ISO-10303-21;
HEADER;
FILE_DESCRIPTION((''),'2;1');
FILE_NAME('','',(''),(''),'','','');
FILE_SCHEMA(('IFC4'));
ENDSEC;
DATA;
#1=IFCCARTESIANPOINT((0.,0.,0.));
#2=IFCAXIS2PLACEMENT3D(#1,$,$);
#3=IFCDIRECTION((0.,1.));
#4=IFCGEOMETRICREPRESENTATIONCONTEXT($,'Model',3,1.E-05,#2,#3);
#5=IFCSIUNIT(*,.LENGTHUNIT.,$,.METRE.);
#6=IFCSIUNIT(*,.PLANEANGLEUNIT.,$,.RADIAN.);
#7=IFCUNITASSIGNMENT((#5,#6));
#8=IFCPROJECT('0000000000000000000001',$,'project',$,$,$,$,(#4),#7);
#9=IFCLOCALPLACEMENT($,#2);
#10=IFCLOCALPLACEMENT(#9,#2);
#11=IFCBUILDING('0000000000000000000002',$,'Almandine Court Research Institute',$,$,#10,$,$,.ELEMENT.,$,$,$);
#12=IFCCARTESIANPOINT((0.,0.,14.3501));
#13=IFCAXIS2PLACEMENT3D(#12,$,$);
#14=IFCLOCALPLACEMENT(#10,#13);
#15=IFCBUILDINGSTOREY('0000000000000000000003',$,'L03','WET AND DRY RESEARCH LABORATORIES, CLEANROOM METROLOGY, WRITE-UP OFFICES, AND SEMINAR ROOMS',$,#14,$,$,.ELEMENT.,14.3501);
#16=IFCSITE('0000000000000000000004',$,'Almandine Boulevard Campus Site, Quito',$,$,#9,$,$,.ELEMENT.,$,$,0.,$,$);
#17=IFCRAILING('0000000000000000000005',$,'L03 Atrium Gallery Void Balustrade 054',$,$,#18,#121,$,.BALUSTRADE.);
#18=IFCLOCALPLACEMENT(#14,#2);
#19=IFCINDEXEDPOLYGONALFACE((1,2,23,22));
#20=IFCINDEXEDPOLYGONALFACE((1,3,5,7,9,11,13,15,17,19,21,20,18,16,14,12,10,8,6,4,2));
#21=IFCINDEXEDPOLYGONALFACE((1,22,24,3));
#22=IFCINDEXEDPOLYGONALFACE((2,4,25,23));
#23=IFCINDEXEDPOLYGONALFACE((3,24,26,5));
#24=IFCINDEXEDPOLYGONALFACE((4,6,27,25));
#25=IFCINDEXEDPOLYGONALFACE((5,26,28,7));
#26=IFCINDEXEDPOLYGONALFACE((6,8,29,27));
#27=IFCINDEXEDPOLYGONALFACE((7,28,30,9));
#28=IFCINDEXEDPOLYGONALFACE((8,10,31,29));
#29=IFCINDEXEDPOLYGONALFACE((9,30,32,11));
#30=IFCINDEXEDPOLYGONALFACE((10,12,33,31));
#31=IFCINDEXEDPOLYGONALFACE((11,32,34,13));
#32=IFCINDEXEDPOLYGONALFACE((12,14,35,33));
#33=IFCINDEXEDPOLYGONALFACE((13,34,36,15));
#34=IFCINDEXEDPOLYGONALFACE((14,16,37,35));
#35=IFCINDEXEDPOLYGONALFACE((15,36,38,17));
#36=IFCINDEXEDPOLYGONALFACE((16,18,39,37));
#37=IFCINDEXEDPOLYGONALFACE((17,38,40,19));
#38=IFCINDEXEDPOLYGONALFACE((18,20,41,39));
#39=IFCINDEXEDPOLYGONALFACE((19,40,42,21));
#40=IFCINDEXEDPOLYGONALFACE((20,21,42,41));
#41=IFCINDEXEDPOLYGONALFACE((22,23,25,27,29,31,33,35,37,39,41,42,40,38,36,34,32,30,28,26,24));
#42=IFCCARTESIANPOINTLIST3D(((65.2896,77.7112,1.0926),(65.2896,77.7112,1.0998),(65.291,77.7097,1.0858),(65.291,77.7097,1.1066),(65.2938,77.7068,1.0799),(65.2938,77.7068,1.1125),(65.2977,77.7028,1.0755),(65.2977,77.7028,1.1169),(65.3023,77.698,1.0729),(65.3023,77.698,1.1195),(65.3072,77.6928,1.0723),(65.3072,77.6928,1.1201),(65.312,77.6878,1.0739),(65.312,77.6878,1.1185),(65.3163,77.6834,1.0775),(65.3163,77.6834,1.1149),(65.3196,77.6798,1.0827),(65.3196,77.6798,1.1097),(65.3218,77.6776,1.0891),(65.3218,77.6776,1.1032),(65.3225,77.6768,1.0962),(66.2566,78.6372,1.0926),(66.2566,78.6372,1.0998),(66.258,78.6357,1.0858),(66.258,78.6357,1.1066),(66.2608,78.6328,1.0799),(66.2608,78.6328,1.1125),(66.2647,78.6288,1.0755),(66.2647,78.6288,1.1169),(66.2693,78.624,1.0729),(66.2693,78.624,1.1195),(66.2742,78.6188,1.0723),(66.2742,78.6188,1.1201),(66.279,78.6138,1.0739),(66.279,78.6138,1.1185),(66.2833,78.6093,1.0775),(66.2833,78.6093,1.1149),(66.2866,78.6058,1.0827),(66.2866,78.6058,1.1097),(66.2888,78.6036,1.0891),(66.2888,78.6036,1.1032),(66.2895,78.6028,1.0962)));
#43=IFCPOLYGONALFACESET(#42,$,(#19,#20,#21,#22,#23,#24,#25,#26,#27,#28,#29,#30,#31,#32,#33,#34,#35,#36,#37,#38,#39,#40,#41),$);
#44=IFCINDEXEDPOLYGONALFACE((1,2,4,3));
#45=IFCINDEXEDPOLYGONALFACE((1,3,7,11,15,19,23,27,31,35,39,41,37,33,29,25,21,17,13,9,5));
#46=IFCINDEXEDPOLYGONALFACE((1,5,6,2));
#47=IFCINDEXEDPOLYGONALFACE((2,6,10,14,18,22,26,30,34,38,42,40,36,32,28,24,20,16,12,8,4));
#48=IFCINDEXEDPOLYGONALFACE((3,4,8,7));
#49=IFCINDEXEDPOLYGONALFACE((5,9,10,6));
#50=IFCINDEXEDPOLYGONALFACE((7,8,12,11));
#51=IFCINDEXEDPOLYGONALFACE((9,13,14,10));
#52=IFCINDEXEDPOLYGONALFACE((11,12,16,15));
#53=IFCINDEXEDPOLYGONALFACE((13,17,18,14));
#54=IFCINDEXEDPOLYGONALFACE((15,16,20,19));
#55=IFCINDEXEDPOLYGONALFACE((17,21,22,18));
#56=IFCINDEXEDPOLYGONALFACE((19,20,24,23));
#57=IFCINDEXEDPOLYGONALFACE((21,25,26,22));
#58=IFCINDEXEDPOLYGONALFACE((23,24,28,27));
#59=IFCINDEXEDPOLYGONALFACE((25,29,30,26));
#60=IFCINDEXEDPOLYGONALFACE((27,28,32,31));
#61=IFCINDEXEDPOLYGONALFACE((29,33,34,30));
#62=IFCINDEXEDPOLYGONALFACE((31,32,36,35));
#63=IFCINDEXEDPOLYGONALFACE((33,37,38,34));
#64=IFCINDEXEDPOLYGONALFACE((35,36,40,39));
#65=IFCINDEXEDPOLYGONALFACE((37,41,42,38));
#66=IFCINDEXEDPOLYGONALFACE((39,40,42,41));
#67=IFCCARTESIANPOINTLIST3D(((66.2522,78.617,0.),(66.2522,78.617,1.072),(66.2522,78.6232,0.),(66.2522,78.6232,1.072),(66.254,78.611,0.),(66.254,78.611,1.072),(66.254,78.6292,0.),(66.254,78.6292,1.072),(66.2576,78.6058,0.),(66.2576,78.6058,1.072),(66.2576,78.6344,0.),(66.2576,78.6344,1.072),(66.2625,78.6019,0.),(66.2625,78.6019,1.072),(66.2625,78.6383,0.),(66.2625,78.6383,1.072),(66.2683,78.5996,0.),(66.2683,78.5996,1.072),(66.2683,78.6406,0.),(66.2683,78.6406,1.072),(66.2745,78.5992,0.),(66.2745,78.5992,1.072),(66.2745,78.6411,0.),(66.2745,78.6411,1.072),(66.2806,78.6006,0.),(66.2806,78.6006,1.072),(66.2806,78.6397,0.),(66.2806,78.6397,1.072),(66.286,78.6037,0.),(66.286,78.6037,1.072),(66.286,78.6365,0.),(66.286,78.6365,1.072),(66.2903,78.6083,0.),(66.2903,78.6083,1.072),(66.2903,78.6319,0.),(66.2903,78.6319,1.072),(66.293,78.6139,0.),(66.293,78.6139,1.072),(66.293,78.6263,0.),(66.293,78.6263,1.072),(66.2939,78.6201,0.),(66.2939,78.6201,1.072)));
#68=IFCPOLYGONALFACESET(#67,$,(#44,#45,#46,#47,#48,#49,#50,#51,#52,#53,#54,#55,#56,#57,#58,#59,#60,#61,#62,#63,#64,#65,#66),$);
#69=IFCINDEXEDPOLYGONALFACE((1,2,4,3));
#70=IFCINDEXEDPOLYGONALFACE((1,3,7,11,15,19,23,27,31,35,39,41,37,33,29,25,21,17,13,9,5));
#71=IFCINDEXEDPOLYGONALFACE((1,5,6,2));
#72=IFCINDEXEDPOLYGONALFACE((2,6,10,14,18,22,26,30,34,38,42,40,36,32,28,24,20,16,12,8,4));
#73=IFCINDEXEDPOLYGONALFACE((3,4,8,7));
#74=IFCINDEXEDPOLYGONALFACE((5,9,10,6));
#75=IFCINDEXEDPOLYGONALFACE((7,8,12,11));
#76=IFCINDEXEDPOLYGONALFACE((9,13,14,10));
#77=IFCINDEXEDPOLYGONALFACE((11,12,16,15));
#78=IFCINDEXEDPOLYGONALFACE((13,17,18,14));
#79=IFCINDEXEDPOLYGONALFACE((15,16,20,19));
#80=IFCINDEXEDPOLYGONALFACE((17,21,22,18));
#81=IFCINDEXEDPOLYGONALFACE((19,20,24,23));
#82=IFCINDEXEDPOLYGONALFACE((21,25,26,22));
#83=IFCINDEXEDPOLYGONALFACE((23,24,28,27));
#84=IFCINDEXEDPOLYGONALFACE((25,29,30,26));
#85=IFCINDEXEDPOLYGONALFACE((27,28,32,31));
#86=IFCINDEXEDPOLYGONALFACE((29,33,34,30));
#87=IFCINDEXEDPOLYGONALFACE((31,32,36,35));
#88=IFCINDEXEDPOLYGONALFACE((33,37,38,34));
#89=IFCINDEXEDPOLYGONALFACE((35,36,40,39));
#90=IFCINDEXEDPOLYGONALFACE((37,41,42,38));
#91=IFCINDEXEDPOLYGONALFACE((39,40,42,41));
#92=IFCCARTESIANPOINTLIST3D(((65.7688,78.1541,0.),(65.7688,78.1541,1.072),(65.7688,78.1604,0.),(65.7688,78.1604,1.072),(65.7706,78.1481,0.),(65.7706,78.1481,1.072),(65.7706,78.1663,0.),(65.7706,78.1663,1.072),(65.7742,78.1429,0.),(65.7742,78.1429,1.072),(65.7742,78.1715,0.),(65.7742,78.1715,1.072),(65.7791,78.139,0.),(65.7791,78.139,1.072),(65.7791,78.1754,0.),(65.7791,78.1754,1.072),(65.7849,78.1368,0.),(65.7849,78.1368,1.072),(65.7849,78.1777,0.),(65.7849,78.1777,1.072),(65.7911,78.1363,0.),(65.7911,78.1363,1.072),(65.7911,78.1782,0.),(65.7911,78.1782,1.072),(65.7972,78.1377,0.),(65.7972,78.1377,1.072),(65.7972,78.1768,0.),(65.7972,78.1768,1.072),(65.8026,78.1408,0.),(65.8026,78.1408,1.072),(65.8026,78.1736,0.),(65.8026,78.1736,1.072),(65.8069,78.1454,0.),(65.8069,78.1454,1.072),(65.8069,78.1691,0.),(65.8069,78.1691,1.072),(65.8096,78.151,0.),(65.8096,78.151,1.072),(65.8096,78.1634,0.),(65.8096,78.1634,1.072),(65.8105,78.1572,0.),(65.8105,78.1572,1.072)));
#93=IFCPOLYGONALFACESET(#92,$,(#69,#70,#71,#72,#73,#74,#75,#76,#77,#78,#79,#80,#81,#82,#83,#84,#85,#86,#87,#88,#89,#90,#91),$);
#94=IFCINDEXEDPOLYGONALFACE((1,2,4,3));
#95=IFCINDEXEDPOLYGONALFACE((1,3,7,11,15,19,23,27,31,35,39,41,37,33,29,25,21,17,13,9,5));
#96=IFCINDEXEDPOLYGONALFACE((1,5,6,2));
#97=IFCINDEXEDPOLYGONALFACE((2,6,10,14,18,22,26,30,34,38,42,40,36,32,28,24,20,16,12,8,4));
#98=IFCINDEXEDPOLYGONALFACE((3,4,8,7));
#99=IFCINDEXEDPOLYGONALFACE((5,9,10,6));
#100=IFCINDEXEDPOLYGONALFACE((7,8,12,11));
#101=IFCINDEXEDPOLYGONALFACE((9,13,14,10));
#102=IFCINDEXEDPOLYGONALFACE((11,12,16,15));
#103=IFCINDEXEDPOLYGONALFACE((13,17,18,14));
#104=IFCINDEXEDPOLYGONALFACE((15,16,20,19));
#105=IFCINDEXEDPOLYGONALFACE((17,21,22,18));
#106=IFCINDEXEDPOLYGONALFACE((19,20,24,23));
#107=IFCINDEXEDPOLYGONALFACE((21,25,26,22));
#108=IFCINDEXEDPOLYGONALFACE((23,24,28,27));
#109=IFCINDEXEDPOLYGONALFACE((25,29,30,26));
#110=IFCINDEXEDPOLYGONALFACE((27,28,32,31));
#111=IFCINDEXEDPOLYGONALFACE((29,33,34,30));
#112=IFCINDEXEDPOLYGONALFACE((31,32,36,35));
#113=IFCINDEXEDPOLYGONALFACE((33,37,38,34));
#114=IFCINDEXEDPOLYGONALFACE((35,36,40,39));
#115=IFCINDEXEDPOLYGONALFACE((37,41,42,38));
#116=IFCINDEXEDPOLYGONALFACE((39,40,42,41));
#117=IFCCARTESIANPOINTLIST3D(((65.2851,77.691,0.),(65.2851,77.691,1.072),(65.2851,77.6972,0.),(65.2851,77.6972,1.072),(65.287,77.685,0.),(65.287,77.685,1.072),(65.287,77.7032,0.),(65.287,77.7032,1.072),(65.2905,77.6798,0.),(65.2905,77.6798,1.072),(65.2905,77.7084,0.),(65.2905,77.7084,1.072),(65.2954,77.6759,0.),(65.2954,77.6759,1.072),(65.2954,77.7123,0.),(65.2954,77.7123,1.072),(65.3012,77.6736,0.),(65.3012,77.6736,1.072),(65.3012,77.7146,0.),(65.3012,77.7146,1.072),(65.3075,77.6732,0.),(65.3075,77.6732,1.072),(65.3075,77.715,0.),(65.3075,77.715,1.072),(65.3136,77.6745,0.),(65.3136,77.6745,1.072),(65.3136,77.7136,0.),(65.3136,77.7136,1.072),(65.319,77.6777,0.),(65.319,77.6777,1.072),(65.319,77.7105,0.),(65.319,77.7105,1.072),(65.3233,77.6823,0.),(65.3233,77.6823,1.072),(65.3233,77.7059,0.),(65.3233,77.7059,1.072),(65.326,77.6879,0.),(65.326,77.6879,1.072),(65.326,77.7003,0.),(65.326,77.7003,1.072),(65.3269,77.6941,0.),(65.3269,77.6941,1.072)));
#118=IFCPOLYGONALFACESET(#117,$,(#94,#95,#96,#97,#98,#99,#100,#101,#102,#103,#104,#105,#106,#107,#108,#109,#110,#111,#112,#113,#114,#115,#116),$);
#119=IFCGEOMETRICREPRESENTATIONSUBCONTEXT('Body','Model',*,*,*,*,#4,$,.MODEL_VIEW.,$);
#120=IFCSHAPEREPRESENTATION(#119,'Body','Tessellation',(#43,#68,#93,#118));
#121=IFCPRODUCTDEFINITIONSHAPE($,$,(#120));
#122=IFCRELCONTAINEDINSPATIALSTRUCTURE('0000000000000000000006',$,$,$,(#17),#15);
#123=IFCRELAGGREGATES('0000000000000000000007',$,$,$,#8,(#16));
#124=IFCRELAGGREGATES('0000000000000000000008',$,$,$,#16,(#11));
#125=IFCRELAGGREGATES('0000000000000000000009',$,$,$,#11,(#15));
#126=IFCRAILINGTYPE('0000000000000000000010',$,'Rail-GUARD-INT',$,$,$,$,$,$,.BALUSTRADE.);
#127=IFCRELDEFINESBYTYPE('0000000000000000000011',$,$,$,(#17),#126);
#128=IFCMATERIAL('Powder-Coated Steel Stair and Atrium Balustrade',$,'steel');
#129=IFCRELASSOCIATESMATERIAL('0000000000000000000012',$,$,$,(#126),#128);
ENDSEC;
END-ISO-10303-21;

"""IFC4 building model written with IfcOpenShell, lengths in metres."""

from ifc_helpers import new_model, si_unit, direction, frame, origin, origin_2d, place, context, subcontext, project, spatial, circle, extrude, material, type_object, element, save


model = new_model("IFC4")

# Units and contexts
model_context = context("Model", 3, precision=1e-05, world=origin(), true_north=direction((0.0, 1.0)))
body_context = subcontext(model_context, "Body", "Model", "MODEL_VIEW")
ifc_project = project(units=[si_unit("LENGTHUNIT", "METRE"), si_unit("PLANEANGLEUNIT", "RADIAN")], contexts=[model_context])

# Site, building, storey
site_placement = place(None, origin())
site = spatial("IfcSite", under=ifc_project, at=site_placement, Name="Almandine Boulevard Campus Site, Quito", CompositionType="ELEMENT", RefElevation=0.0)
building_placement = place(site_placement, origin())
building = spatial("IfcBuilding", under=site, at=building_placement, Name="Almandine Court Research Institute", CompositionType="ELEMENT")
storey_placement = place(building_placement, frame((0.0, 0.0, 14.3501)))
storey = spatial("IfcBuildingStorey", under=building, at=storey_placement, Name="L03", Description="WET AND DRY RESEARCH LABORATORIES, CLEANROOM METROLOGY, WRITE-UP OFFICES, AND SEMINAR ROOMS", CompositionType="ELEMENT", Elevation=14.3501)

# Railing
ifc_material_1 = material(Name="Powder-Coated Steel Stair and Atrium Balustrade", Category="steel")
railing_type = type_object("IfcRailingType", Name="Rail-GUARD-INT", PredefinedType="BALUSTRADE", material=ifc_material_1)
railing_1_placement = place(storey_placement, frame((66.2729, 78.6201, 0.0)))
element("IfcRailing", 1, at=railing_1_placement, inside=storey, type_object=railing_type, Name="L03 Atrium Gallery Void Balustrade 054", PredefinedType="BALUSTRADE", context=body_context, shape_type="SweptSolid", body=[
    extrude(circle(Radius=0.0239, at=origin_2d()), frame((0.0, 0.0, 1.0962), z_axis=(-0.722258, -0.691624, 0.0), x_axis=(0.691624, -0.722258, 0.0)), (0.0, 0.0, 1.0), 1.3389),
    extrude(circle(Radius=0.021, at=origin_2d()), origin(), (0.0, 0.0, 1.0), 1.072),
    extrude(circle(Radius=0.021, at=origin_2d()), frame((-0.4834, -0.4629, 0.0)), (0.0, 0.0, 1.0), 1.072),
    extrude(circle(Radius=0.021, at=origin_2d()), frame((-0.967, -0.926, 0.0)), (0.0, 0.0, 1.0), 1.072),
])

save(model, "model.ifc")
